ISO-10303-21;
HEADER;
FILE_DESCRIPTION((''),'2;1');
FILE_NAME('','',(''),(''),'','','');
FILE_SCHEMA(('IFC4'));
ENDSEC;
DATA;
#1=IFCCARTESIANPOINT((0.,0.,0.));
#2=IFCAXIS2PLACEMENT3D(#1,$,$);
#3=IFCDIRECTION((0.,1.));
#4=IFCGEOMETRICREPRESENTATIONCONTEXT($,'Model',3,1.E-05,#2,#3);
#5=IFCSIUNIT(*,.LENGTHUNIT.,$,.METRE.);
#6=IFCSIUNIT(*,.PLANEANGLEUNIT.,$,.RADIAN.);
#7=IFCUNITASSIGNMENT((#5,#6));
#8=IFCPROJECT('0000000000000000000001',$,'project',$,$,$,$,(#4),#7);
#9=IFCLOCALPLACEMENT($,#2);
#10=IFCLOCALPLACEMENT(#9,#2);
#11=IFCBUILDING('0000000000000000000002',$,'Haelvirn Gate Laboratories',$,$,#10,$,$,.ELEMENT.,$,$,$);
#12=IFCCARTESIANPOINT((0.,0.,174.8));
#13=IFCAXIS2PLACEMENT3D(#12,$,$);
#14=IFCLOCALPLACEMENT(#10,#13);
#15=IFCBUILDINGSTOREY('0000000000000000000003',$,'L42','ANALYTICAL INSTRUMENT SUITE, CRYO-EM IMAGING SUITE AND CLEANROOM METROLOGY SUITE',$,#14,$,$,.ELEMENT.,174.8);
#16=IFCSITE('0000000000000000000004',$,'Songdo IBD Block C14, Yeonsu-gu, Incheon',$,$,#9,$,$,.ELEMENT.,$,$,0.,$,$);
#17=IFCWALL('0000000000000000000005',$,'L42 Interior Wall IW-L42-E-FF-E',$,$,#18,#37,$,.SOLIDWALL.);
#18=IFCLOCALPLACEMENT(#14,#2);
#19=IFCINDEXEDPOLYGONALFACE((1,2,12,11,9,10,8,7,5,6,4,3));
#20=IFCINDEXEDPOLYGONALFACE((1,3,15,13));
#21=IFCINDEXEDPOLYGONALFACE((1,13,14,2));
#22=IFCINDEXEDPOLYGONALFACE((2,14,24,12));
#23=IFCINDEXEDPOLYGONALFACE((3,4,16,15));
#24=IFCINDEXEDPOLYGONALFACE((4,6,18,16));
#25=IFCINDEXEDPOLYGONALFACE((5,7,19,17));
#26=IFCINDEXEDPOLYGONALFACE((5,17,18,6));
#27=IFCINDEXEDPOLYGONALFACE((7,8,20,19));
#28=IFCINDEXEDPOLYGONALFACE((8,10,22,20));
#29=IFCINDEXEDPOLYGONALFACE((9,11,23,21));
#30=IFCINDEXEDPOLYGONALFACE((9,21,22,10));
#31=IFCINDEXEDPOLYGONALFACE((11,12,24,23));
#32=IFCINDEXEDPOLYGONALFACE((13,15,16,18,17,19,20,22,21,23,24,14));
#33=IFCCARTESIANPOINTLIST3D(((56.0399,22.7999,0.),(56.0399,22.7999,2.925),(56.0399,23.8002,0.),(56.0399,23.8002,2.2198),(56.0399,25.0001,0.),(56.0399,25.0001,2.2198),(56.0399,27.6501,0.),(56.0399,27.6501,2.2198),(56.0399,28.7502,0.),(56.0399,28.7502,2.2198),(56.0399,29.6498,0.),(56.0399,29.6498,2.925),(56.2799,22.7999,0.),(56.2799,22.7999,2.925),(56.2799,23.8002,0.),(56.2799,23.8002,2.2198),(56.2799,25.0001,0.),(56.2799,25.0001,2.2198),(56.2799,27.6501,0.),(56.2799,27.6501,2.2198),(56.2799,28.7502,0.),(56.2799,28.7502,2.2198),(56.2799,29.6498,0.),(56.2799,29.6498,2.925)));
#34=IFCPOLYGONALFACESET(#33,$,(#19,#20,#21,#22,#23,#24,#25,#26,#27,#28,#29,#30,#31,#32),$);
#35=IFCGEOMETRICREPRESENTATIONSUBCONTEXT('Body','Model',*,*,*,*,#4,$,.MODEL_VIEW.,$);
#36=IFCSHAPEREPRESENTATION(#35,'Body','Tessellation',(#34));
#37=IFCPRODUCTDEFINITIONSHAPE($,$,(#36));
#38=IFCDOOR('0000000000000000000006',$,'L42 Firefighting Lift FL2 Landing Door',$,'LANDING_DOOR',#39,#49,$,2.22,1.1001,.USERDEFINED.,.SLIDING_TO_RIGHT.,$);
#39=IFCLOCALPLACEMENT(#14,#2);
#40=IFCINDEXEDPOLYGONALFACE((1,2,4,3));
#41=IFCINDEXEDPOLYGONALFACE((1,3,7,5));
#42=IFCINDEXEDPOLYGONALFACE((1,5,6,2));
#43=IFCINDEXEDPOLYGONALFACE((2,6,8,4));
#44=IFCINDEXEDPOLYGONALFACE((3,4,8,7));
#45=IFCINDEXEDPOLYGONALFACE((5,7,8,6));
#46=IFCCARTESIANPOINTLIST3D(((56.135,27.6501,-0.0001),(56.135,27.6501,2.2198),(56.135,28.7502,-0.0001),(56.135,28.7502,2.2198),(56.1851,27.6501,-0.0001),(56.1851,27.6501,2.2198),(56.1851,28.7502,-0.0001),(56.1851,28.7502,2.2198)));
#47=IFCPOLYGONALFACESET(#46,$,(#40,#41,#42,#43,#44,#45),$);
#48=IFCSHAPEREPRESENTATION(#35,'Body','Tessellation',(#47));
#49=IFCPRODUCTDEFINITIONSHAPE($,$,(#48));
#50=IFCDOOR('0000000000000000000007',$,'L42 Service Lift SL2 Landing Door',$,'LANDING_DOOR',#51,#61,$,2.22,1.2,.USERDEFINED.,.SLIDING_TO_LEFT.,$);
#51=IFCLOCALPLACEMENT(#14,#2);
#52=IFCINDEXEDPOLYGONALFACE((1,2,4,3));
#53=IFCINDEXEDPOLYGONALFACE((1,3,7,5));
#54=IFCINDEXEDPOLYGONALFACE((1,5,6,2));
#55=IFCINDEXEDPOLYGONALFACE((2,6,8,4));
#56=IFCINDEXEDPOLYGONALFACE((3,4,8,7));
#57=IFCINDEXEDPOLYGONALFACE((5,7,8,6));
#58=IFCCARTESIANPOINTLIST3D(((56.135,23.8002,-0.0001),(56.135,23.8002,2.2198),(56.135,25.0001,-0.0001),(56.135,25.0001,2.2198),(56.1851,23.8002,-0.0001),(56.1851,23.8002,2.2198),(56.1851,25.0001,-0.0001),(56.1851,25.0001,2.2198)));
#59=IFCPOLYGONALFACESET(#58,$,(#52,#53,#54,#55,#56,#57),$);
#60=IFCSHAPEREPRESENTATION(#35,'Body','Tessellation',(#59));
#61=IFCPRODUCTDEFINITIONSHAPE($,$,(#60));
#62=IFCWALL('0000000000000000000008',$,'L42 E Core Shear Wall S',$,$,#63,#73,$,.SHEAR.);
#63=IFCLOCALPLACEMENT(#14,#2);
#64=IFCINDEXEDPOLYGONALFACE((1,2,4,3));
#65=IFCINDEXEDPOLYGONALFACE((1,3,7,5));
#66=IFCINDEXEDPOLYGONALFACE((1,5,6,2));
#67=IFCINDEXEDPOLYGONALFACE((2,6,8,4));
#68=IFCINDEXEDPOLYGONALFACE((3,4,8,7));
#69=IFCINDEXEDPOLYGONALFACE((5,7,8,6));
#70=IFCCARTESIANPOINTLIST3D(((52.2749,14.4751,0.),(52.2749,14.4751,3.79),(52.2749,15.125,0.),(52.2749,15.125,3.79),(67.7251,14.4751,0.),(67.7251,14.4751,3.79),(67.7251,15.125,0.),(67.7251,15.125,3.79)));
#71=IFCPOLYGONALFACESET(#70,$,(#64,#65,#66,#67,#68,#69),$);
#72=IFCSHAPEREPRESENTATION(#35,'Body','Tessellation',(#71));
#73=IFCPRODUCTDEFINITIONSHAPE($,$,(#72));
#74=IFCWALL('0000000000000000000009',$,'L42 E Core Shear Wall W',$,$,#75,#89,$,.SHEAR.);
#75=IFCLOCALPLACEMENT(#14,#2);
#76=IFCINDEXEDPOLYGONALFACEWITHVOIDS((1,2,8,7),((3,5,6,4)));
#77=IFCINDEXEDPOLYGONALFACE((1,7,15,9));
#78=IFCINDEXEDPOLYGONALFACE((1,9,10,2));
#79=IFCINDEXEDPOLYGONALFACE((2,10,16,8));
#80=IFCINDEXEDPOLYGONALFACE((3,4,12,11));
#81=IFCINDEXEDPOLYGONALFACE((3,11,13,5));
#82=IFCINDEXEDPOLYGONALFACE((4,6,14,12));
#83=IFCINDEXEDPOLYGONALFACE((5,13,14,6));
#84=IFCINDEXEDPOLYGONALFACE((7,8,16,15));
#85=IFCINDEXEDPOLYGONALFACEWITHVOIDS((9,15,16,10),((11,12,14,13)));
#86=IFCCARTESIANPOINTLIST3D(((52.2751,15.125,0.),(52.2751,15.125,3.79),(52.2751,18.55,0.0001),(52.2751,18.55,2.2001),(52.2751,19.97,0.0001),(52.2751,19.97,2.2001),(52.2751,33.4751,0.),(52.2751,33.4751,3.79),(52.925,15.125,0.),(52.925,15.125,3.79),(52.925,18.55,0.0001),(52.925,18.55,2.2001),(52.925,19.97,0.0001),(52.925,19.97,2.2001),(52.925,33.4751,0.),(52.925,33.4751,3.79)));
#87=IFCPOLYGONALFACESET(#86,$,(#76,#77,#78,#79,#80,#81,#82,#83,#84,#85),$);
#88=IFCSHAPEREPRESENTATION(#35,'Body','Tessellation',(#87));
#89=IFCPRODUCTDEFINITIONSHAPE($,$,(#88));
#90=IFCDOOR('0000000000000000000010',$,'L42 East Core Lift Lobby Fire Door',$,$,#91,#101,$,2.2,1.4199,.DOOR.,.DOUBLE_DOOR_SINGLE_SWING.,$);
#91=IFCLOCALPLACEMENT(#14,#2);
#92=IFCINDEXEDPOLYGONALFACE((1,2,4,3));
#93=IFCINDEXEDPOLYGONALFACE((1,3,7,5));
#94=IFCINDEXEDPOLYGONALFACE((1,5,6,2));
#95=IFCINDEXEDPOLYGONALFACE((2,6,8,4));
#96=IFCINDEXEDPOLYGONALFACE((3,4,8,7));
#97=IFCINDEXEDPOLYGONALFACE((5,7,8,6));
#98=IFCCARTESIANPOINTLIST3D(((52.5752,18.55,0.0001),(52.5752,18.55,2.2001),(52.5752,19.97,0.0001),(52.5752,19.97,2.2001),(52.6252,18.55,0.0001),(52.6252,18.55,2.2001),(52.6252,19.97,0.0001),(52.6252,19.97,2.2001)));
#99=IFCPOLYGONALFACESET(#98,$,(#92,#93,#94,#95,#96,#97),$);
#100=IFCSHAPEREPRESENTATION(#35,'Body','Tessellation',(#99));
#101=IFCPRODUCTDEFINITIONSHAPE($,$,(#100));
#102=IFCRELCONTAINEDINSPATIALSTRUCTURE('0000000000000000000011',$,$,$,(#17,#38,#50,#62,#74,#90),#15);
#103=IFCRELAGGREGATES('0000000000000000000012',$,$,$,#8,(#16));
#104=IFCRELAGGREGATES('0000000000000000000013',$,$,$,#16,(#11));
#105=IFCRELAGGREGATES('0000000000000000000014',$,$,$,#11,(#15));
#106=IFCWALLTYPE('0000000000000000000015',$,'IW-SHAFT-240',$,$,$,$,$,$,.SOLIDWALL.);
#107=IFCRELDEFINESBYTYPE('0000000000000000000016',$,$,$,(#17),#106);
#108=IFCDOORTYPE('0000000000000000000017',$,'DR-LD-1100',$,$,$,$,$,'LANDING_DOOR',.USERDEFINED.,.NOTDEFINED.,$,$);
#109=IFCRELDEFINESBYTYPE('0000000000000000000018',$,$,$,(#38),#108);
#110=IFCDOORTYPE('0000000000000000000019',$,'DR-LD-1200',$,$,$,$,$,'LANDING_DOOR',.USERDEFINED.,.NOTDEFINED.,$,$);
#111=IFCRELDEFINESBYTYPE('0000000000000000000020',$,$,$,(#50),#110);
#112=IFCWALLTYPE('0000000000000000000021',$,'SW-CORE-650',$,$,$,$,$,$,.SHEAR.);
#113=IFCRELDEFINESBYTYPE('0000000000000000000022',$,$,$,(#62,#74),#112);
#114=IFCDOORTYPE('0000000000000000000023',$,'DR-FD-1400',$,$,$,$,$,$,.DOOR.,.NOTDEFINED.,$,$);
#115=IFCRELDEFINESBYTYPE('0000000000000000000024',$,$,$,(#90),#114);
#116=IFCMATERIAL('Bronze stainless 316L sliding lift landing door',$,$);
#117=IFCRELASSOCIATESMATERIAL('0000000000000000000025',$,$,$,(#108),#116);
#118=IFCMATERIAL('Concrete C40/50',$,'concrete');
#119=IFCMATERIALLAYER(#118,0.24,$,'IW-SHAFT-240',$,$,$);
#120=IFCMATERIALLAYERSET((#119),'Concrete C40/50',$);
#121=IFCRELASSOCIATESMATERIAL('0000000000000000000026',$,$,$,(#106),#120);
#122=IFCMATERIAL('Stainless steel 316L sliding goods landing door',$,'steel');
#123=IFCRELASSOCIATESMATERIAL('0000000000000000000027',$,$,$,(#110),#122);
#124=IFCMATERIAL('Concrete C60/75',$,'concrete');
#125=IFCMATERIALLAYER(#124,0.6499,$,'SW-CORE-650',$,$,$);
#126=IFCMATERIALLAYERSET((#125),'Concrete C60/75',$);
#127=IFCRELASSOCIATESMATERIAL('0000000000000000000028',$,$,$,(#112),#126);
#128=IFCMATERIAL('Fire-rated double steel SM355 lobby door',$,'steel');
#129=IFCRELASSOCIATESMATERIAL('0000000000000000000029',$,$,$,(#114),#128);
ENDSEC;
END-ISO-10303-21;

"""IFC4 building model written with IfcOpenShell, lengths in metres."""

from ifc_helpers import new_model, si_unit, direction, frame, frame_2d, origin, place, context, subcontext, project, spatial, rectangle, extrude, source, transform, mapped, material, layer, layer_set, type_object, type_shapes, element, fill, save


model = new_model("IFC4")

# Units and contexts
model_context = context("Model", 3, precision=1e-05, world=origin(), true_north=direction((0.0, 1.0)))
body_context = subcontext(model_context, "Body", "Model", "MODEL_VIEW")
ifc_project = project(units=[si_unit("LENGTHUNIT", "METRE"), si_unit("PLANEANGLEUNIT", "RADIAN")], contexts=[model_context])

# Site, building, storey
site_placement = place(None, origin())
site = spatial("IfcSite", under=ifc_project, at=site_placement, Name="Songdo IBD Block C14, Yeonsu-gu, Incheon", CompositionType="ELEMENT", RefElevation=0.0)
building_placement = place(site_placement, origin())
building = spatial("IfcBuilding", under=site, at=building_placement, Name="Haelvirn Gate Laboratories", CompositionType="ELEMENT")
storey_placement = place(building_placement, frame((0.0, 0.0, 174.8)))
storey = spatial("IfcBuildingStorey", under=building, at=storey_placement, Name="L42", Description="ANALYTICAL INSTRUMENT SUITE, CRYO-EM IMAGING SUITE AND CLEANROOM METROLOGY SUITE", CompositionType="ELEMENT", Elevation=174.8)

# Shared definitions
ifc_material_1 = material(Name="Concrete C60/75", Category="concrete")

# Shared definitions
ifc_material_2 = material(Name="Concrete C40/50", Category="concrete")

# Shared definitions
ifc_material_3 = material(Name="Bronze stainless 316L sliding lift landing door")
door_type_1 = type_object("IfcDoorType", Name="DR-LD-1100", ElementType="LANDING_DOOR", OperationType="NOTDEFINED", PredefinedType="USERDEFINED", material=ifc_material_3)
shared_shape_1 = source(origin(), body_context, "Body", "SweptSolid", [
    extrude(rectangle(XDim=1.1001, YDim=2.22, at=frame_2d((0.55, 1.1099))), frame((0.0, 0.0249, 0.0), z_axis=(0.0, -1.0, 0.0), x_axis=(1.0, 0.0, 0.0)), (0.0, 0.0, 1.0), 0.05),
])
type_shapes(door_type_1, [shared_shape_1])

# Wall, openings, doors
ifc_layer_1 = layer(ifc_material_2, 0.24, Name="IW-SHAFT-240")
ifc_layer_set_1 = layer_set([ifc_layer_1], Name="Concrete C40/50")
wall_type_1 = type_object("IfcWallType", Name="IW-SHAFT-240", PredefinedType="SOLIDWALL", material=ifc_layer_set_1)
wall_1_placement = place(storey_placement, frame((56.1599, 22.8, 0.0), z_axis=(0.0, 0.0, 1.0), x_axis=(0.0, 1.0, 0.0)))
wall_1 = element("IfcWall", 1, at=wall_1_placement, inside=storey, type_object=wall_type_1, Name="L42 Interior Wall IW-L42-E-FF-E", PredefinedType="SOLIDWALL", context=body_context, shape_type="SweptSolid", body=[
    extrude(rectangle(XDim=6.8499, YDim=0.24, at=frame_2d((3.4248, 0.0))), origin(), (0.0, 0.0, 1.0), 2.925),
])
opening_1_placement = place(wall_1_placement, frame((4.8501, 0.0, 0.0)))
opening_1 = element("IfcOpeningElement", 2, at=opening_1_placement, cuts=wall_1, PredefinedType="OPENING", context=body_context, shape_type="SweptSolid", body=[
    extrude(rectangle(XDim=1.1001, YDim=2.22, at=frame_2d((0.55, 1.1099))), frame((0.0, 0.1299, 0.0), z_axis=(0.0, -1.0, 0.0), x_axis=(1.0, 0.0, 0.0)), (0.0, 0.0, 1.0), 0.26),
])
opening_2_placement = place(wall_1_placement, frame((1.0, 0.0, 0.0)))
opening_2 = element("IfcOpeningElement", 3, at=opening_2_placement, cuts=wall_1, PredefinedType="OPENING", context=body_context, shape_type="SweptSolid", body=[
    extrude(rectangle(XDim=1.2, YDim=2.22, at=frame_2d((0.6001, 1.1099))), frame((0.0, 0.1299, 0.0), z_axis=(0.0, -1.0, 0.0), x_axis=(1.0, 0.0, 0.0)), (0.0, 0.0, 1.0), 0.26),
])
door_1_placement = place(opening_1_placement, origin())
door_1 = element("IfcDoor", 4, at=door_1_placement, inside=storey, type_object=door_type_1, Name="L42 Firefighting Lift FL2 Landing Door", ObjectType="LANDING_DOOR", OperationType="SLIDING_TO_RIGHT", OverallHeight=2.22, OverallWidth=1.1001, PredefinedType="USERDEFINED", context=body_context, shape_type="MappedRepresentation", body=[
    mapped(shared_shape_1, transform((0.0, 0.0, 0.0), scale=1.0)),
])
fill(opening_1, door_1)
ifc_material_4 = material(Name="Stainless steel 316L sliding goods landing door", Category="steel")
door_type_2 = type_object("IfcDoorType", Name="DR-LD-1200", ElementType="LANDING_DOOR", OperationType="NOTDEFINED", PredefinedType="USERDEFINED", material=ifc_material_4)
shared_shape_2 = source(origin(), body_context, "Body", "SweptSolid", [
    extrude(rectangle(XDim=1.2, YDim=2.22, at=frame_2d((0.6001, 1.1099))), frame((0.0, 0.0249, 0.0), z_axis=(0.0, -1.0, 0.0), x_axis=(1.0, 0.0, 0.0)), (0.0, 0.0, 1.0), 0.05),
])
type_shapes(door_type_2, [shared_shape_2])
door_2_placement = place(opening_2_placement, origin())
door_2 = element("IfcDoor", 5, at=door_2_placement, inside=storey, type_object=door_type_2, Name="L42 Service Lift SL2 Landing Door", ObjectType="LANDING_DOOR", OperationType="SLIDING_TO_LEFT", OverallHeight=2.22, OverallWidth=1.2, PredefinedType="USERDEFINED", context=body_context, shape_type="MappedRepresentation", body=[
    mapped(shared_shape_2, transform((0.0, 0.0, 0.0), scale=1.0)),
])
fill(opening_2, door_2)

# Wall
ifc_layer_2 = layer(ifc_material_1, 0.6499, Name="SW-CORE-650")
ifc_layer_set_2 = layer_set([ifc_layer_2], Name="Concrete C60/75")
wall_type_2 = type_object("IfcWallType", Name="SW-CORE-650", PredefinedType="SHEAR", material=ifc_layer_set_2)
wall_2_placement = place(storey_placement, frame((52.2749, 14.8, 0.0), z_axis=(0.0, 0.0, 1.0), x_axis=(1.0, 0.0, 0.0)))
element("IfcWall", 6, at=wall_2_placement, inside=storey, type_object=wall_type_2, Name="L42 E Core Shear Wall S", PredefinedType="SHEAR", context=body_context, shape_type="SweptSolid", body=[
    extrude(rectangle(XDim=15.4502, YDim=0.6499, at=frame_2d((7.7251, 0.0))), origin(), (0.0, 0.0, 1.0), 3.79),
])

# Wall, opening, door
wall_3_placement = place(storey_placement, frame((52.6001, 15.125, 0.0), z_axis=(0.0, 0.0, 1.0), x_axis=(0.0, 1.0, 0.0)))
wall_3 = element("IfcWall", 7, at=wall_3_placement, inside=storey, type_object=wall_type_2, Name="L42 E Core Shear Wall W", PredefinedType="SHEAR", context=body_context, shape_type="SweptSolid", body=[
    extrude(rectangle(XDim=18.3501, YDim=0.6499, at=frame_2d((9.175, 0.0))), origin(), (0.0, 0.0, 1.0), 3.79),
])
opening_3_placement = place(wall_3_placement, frame((3.425, 0.0, 0.0)))
opening_3 = element("IfcOpeningElement", 8, at=opening_3_placement, cuts=wall_3, PredefinedType="OPENING", context=body_context, shape_type="SweptSolid", body=[
    extrude(rectangle(XDim=1.4199, YDim=2.2, at=frame_2d((0.71, 1.1001))), frame((0.0, 0.335, 0.0), z_axis=(0.0, -1.0, 0.0), x_axis=(1.0, 0.0, 0.0)), (0.0, 0.0, 1.0), 0.6699),
])
ifc_material_5 = material(Name="Fire-rated double steel SM355 lobby door", Category="steel")
door_type_3 = type_object("IfcDoorType", Name="DR-FD-1400", OperationType="NOTDEFINED", PredefinedType="DOOR", material=ifc_material_5)
shared_shape_3 = source(origin(), body_context, "Body", "SweptSolid", [
    extrude(rectangle(XDim=1.4199, YDim=2.2, at=frame_2d((0.71, 1.1001))), frame((0.0, 0.0249, 0.0), z_axis=(0.0, -1.0, 0.0), x_axis=(1.0, 0.0, 0.0)), (0.0, 0.0, 1.0), 0.05),
])
type_shapes(door_type_3, [shared_shape_3])
door_3_placement = place(opening_3_placement, origin())
door_3 = element("IfcDoor", 9, at=door_3_placement, inside=storey, type_object=door_type_3, Name="L42 East Core Lift Lobby Fire Door", OperationType="DOUBLE_DOOR_SINGLE_SWING", OverallHeight=2.2, OverallWidth=1.4199, PredefinedType="DOOR", context=body_context, shape_type="MappedRepresentation", body=[
    mapped(shared_shape_3, transform((0.0, 0.0, 0.0), scale=1.0)),
])
fill(opening_3, door_3)

save(model, "model.ifc")
